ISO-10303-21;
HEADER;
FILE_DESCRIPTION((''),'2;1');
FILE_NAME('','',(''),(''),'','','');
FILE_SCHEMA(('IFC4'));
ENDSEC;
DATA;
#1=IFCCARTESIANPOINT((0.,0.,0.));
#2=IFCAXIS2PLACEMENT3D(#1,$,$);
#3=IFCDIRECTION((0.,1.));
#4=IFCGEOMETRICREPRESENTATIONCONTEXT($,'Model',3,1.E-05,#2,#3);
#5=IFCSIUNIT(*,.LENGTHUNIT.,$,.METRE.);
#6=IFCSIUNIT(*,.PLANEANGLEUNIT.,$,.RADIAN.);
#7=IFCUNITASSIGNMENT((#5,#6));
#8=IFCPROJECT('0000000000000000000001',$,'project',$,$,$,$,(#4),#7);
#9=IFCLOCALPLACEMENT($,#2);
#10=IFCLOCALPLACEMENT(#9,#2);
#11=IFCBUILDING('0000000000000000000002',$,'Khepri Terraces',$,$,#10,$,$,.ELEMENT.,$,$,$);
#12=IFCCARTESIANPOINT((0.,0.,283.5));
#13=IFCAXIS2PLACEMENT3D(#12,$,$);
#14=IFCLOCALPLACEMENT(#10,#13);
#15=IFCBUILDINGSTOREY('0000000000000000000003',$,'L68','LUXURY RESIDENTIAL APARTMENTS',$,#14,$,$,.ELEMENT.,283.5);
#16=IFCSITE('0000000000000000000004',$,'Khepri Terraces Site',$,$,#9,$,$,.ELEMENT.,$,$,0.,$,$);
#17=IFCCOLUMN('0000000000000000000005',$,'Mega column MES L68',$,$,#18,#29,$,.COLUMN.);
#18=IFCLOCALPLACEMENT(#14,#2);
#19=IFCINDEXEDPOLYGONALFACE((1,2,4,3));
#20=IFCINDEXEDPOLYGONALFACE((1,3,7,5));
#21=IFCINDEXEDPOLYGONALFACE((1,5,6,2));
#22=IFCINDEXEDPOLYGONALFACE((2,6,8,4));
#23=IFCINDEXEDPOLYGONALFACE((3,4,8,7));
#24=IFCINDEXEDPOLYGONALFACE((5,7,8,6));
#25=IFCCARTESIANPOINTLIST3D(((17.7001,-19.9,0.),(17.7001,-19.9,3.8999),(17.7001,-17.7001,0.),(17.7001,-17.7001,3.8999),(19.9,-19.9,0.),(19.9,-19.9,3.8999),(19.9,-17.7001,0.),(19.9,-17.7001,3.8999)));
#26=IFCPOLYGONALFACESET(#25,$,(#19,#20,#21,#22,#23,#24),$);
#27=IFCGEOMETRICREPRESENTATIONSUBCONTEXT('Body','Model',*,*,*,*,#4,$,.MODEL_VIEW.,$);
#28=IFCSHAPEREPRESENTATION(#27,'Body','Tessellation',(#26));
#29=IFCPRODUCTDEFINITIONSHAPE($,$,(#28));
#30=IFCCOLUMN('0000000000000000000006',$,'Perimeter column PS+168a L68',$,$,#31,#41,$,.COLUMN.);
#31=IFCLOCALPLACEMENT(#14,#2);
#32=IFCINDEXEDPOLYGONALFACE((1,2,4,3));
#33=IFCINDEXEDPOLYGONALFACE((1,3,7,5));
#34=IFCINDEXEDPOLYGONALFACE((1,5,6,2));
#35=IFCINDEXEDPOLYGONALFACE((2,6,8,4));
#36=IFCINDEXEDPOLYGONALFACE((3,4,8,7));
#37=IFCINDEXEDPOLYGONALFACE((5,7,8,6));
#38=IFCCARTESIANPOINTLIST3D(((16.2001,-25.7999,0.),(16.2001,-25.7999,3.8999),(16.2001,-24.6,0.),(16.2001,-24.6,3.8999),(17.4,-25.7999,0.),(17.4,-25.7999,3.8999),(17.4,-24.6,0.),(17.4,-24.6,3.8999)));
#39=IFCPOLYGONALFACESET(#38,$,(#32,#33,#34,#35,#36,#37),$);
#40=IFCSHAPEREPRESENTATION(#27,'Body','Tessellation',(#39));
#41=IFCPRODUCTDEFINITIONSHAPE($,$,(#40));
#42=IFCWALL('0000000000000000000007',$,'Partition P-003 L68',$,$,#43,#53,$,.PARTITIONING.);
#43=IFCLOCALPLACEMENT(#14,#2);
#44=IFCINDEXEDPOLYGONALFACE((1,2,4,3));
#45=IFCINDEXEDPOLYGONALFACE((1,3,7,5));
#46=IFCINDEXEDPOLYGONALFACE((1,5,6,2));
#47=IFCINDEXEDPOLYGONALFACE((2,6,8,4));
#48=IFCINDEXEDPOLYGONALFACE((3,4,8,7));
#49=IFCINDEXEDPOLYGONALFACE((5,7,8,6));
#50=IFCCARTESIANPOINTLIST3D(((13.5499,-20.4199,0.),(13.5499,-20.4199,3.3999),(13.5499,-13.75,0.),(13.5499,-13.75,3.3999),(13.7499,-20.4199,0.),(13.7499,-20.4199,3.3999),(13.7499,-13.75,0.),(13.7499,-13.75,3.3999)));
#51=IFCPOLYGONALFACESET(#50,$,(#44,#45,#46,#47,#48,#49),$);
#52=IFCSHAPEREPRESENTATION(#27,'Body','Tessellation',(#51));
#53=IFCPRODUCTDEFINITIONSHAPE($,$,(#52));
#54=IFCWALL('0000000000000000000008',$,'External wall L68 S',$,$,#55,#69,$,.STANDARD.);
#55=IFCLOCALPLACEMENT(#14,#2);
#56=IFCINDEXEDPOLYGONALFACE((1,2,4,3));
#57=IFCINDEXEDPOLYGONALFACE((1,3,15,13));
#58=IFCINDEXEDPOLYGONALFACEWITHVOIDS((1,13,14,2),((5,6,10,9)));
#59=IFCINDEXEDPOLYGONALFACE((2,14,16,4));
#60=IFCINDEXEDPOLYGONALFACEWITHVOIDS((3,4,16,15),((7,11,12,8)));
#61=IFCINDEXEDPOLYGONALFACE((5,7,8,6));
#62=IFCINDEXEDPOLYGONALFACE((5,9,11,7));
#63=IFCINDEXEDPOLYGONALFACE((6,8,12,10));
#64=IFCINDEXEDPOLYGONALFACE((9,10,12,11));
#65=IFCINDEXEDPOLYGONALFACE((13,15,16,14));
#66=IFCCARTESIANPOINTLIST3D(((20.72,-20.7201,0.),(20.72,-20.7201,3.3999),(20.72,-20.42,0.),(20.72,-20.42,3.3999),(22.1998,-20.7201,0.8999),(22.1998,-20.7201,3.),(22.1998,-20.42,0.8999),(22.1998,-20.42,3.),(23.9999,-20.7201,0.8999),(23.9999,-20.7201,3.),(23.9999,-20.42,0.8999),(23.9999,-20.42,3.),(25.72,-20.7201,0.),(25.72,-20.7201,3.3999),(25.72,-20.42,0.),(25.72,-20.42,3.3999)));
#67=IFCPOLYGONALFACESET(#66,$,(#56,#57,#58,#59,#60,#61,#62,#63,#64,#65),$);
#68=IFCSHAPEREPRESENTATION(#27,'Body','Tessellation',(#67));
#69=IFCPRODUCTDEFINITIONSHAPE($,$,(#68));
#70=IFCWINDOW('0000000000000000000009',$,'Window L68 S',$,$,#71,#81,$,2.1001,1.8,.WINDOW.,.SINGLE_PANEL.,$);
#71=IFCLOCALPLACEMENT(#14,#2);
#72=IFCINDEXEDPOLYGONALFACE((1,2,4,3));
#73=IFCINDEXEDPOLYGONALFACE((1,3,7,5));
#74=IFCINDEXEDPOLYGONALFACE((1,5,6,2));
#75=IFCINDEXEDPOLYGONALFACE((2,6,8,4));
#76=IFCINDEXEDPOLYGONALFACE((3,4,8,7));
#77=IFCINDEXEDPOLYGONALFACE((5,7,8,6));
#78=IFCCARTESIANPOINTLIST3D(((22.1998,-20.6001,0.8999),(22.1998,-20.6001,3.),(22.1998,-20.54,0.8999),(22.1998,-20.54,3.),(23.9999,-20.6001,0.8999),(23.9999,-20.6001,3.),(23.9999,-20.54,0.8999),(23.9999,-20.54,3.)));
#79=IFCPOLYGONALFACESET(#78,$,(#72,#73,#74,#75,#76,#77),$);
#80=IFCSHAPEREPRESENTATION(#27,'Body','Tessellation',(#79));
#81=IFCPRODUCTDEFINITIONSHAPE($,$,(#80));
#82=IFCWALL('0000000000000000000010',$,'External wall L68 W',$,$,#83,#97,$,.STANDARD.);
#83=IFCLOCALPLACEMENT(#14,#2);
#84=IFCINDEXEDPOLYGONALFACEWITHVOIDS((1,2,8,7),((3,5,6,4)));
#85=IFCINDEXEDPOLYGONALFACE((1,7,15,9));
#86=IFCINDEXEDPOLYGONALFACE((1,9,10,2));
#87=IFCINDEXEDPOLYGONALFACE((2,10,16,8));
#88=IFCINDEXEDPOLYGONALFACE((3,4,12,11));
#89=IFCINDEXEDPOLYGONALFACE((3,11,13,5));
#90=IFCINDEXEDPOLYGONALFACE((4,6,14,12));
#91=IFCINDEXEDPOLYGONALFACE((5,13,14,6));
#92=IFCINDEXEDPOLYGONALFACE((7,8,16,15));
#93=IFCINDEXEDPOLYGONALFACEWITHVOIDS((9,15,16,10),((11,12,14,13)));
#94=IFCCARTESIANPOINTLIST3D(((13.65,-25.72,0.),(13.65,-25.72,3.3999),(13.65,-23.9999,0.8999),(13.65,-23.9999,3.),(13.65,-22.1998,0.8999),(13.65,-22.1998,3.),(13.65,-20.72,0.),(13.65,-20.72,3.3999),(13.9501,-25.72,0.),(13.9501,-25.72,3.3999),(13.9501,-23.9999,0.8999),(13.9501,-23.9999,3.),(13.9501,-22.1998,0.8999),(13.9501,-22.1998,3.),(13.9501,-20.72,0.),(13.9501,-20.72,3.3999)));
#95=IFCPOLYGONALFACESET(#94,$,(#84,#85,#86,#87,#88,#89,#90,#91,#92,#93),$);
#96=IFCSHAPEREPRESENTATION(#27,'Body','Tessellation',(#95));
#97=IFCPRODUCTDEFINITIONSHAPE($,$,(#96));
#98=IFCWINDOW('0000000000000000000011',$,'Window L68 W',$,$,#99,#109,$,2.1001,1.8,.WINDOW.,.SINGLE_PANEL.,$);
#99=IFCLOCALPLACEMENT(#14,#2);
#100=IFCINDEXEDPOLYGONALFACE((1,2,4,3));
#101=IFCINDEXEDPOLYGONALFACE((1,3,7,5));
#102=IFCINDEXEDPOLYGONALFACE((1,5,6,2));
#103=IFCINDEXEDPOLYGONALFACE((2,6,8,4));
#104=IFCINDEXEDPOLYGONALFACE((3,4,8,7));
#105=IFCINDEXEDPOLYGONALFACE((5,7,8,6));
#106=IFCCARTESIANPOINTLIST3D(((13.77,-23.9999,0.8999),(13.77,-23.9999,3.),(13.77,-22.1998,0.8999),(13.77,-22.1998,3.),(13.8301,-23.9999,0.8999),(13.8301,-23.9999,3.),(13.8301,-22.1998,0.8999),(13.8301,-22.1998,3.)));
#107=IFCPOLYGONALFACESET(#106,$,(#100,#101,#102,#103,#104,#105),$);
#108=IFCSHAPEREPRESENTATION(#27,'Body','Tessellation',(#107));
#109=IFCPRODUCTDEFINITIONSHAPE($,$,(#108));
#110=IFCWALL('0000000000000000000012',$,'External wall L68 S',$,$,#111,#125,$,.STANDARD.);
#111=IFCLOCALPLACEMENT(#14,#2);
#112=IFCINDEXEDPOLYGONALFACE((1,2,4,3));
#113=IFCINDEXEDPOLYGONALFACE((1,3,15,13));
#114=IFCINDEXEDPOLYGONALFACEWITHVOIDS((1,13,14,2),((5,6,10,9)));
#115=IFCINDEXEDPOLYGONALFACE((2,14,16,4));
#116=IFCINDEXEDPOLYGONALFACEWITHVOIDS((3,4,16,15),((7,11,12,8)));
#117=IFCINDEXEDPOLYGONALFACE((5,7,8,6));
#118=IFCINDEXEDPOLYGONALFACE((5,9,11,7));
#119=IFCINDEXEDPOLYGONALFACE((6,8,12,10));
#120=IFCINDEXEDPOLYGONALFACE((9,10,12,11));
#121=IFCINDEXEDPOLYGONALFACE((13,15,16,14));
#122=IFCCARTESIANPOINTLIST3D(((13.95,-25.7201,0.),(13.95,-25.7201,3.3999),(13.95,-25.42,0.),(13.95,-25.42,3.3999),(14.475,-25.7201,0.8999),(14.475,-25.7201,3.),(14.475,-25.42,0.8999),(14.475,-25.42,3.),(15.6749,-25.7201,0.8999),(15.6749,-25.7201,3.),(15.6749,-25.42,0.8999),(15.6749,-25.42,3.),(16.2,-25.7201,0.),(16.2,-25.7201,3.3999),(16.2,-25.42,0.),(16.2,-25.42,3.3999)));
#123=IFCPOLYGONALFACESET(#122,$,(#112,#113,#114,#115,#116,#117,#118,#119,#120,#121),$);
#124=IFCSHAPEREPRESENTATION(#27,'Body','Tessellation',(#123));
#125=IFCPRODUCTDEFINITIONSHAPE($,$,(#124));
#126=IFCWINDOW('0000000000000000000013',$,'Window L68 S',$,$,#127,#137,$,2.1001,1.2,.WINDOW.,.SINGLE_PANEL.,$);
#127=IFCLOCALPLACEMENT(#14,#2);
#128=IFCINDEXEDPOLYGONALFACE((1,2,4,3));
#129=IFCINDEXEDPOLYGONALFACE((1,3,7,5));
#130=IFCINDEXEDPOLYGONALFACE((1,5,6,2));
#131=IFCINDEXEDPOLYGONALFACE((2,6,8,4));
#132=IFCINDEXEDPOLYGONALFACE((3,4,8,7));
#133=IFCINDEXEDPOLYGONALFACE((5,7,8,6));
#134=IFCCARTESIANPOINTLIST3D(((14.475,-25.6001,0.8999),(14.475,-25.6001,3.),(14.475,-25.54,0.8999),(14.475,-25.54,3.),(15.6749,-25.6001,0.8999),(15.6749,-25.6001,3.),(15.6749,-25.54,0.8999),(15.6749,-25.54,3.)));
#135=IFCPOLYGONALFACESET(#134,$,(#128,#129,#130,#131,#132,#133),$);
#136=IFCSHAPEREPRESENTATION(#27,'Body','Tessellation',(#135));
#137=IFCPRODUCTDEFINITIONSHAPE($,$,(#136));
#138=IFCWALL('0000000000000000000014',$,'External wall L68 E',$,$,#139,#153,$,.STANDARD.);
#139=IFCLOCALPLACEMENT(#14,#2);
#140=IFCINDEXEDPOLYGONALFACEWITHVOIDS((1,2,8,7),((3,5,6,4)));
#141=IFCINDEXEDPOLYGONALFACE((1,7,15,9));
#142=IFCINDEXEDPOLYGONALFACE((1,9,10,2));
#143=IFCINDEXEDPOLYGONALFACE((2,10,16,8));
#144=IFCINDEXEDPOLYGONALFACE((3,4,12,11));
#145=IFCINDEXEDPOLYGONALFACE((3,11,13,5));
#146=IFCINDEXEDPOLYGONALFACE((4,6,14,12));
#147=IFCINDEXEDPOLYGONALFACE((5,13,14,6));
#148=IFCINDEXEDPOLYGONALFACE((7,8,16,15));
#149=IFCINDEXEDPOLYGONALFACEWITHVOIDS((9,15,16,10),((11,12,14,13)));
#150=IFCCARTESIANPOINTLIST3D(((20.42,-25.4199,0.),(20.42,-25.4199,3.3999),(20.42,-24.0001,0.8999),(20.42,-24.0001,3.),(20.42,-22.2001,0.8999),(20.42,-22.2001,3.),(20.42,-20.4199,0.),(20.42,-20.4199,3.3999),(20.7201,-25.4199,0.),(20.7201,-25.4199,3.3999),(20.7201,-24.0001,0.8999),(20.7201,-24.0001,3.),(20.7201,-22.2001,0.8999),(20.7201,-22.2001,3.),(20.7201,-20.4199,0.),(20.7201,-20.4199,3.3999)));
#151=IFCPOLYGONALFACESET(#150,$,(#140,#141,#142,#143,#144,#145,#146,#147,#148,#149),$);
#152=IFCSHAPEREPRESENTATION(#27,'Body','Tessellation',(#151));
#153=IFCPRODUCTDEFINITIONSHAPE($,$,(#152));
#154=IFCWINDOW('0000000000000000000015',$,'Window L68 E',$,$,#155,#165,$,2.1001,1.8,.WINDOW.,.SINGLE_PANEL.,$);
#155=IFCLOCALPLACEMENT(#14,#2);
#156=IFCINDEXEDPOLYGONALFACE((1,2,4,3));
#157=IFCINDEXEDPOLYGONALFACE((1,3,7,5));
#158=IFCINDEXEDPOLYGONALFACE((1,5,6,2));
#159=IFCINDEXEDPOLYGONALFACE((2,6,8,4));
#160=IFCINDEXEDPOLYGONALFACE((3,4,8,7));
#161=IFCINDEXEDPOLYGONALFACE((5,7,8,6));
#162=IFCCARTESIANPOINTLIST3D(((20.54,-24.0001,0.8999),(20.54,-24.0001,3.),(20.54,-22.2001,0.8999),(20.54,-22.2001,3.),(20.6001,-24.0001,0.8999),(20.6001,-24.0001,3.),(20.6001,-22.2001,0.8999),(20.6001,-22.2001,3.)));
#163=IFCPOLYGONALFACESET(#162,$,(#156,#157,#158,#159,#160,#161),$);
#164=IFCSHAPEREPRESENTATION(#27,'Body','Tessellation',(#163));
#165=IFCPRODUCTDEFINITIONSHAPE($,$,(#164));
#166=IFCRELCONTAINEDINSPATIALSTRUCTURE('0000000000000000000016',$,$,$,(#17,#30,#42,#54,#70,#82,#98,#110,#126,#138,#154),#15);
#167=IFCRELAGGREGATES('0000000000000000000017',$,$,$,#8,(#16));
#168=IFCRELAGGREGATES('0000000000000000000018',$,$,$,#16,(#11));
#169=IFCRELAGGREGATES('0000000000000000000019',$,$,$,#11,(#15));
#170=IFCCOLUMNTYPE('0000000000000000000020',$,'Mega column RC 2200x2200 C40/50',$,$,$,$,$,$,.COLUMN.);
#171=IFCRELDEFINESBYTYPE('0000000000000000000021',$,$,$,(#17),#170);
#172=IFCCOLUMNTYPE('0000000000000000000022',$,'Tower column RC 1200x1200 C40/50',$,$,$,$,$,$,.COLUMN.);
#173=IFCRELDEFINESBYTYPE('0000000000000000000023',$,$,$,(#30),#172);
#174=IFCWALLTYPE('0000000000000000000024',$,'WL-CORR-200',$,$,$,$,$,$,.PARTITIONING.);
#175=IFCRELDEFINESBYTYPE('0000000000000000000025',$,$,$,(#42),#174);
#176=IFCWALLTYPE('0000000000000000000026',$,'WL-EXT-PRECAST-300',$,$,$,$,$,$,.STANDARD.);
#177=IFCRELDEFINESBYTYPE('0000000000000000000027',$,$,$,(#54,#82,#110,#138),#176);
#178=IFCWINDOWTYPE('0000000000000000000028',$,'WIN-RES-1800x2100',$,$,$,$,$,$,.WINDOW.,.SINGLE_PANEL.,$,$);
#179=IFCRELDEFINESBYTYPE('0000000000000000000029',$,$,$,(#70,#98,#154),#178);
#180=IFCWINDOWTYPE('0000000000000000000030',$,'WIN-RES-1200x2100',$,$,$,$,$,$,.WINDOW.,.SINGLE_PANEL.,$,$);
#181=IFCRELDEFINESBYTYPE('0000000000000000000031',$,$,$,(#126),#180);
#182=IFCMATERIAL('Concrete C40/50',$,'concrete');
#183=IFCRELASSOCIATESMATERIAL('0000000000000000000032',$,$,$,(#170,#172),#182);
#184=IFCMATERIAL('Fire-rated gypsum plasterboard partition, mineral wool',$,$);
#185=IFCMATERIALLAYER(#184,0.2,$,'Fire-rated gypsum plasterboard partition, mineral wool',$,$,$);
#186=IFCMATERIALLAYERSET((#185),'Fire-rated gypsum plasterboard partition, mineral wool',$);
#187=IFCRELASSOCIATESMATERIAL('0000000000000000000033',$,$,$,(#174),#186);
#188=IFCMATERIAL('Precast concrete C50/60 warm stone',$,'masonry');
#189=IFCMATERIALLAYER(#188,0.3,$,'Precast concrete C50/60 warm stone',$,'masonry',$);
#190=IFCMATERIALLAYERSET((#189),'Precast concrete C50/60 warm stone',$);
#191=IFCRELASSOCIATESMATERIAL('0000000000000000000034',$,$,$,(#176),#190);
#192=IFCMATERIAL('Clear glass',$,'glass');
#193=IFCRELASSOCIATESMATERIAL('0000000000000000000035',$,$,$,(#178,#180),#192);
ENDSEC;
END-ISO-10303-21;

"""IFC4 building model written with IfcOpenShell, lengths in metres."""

from ifc_helpers import new_model, si_unit, direction, frame, frame_2d, origin, origin_2d, place, context, subcontext, project, spatial, rectangle, extrude, material, layer, layer_set, material_profile, profile_set, type_object, element, fill, save


model = new_model("IFC4")

# Units and contexts
model_context = context("Model", 3, precision=1e-05, world=origin(), true_north=direction((0.0, 1.0)))
body_context = subcontext(model_context, "Body", "Model", "MODEL_VIEW")
ifc_project = project(units=[si_unit("LENGTHUNIT", "METRE"), si_unit("PLANEANGLEUNIT", "RADIAN")], contexts=[model_context])

# Site, building, storey
site_placement = place(None, origin())
site = spatial("IfcSite", under=ifc_project, at=site_placement, Name="Khepri Terraces Site", CompositionType="ELEMENT", RefElevation=0.0)
building_placement = place(site_placement, origin())
building = spatial("IfcBuilding", under=site, at=building_placement, Name="Khepri Terraces", CompositionType="ELEMENT")
storey_placement = place(building_placement, frame((0.0, 0.0, 283.5)))
storey = spatial("IfcBuildingStorey", under=building, at=storey_placement, Name="L68", Description="LUXURY RESIDENTIAL APARTMENTS", CompositionType="ELEMENT", Elevation=283.5)

# Columns
ifc_material_1 = material(Name="Concrete C40/50", Category="concrete")
ifc_material_profile_1 = material_profile(ifc_material_1, rectangle(XDim=2.2, YDim=2.2, at=origin_2d()), Name="Concrete C40/50", Category="concrete")
ifc_profile_set_1 = profile_set([ifc_material_profile_1], Name="Concrete C40/50")
column_type_1 = type_object("IfcColumnType", Name="Mega column RC 2200x2200 C40/50", PredefinedType="COLUMN", material=ifc_profile_set_1)
column_1_placement = place(storey_placement, frame((18.8, -18.8, 0.0), z_axis=(0.0, 0.0, 1.0), x_axis=(1.0, 0.0, 0.0)))
element("IfcColumn", 1, at=column_1_placement, inside=storey, type_object=column_type_1, Name="Mega column MES L68", PredefinedType="COLUMN", context=body_context, shape_type="SweptSolid", body=[
    extrude(rectangle(XDim=2.2, YDim=2.2, at=origin_2d()), origin(), (0.0, 0.0, 1.0), 3.8999),
])
ifc_material_profile_2 = material_profile(ifc_material_1, rectangle(XDim=1.2, YDim=1.2, at=origin_2d()), Name="Concrete C40/50", Category="concrete")
ifc_profile_set_2 = profile_set([ifc_material_profile_2], Name="Concrete C40/50")
column_type_2 = type_object("IfcColumnType", Name="Tower column RC 1200x1200 C40/50", PredefinedType="COLUMN", material=ifc_profile_set_2)
column_2_placement = place(storey_placement, frame((16.8, -25.2, 0.0), z_axis=(0.0, 0.0, 1.0), x_axis=(1.0, 0.0, 0.0)))
element("IfcColumn", 2, at=column_2_placement, inside=storey, type_object=column_type_2, Name="Perimeter column PS+168a L68", PredefinedType="COLUMN", context=body_context, shape_type="SweptSolid", body=[
    extrude(rectangle(XDim=1.2, YDim=1.2, at=origin_2d()), origin(), (0.0, 0.0, 1.0), 3.8999),
])

# Wall
ifc_material_2 = material(Name="Fire-rated gypsum plasterboard partition, mineral wool")
ifc_layer_1 = layer(ifc_material_2, 0.2, Name="Fire-rated gypsum plasterboard partition, mineral wool")
ifc_layer_set_1 = layer_set([ifc_layer_1], Name="Fire-rated gypsum plasterboard partition, mineral wool")
wall_type_1 = type_object("IfcWallType", Name="WL-CORR-200", PredefinedType="PARTITIONING", material=ifc_layer_set_1)
wall_1_placement = place(storey_placement, frame((13.6499, -20.4199, 0.0), z_axis=(0.0, 0.0, 1.0), x_axis=(0.0, 1.0, 0.0)))
element("IfcWall", 3, at=wall_1_placement, inside=storey, type_object=wall_type_1, Name="Partition P-003 L68", PredefinedType="PARTITIONING", context=body_context, shape_type="SweptSolid", body=[
    extrude(rectangle(XDim=6.6699, YDim=0.2, at=frame_2d((3.335, 0.0))), origin(), (0.0, 0.0, 1.0), 3.3999),
])

# Wall, opening, window
ifc_material_3 = material(Name="Precast concrete C50/60 warm stone", Category="masonry")
ifc_layer_2 = layer(ifc_material_3, 0.3, Name="Precast concrete C50/60 warm stone", Category="masonry")
ifc_layer_set_2 = layer_set([ifc_layer_2], Name="Precast concrete C50/60 warm stone")
wall_type_2 = type_object("IfcWallType", Name="WL-EXT-PRECAST-300", PredefinedType="STANDARD", material=ifc_layer_set_2)
wall_2_placement = place(storey_placement, frame((20.72, -20.5701, 0.0), z_axis=(0.0, 0.0, 1.0), x_axis=(1.0, 0.0, 0.0)))
wall_2 = element("IfcWall", 4, at=wall_2_placement, inside=storey, type_object=wall_type_2, Name="External wall L68 S", PredefinedType="STANDARD", context=body_context, shape_type="SweptSolid", body=[
    extrude(rectangle(XDim=5.0, YDim=0.3, at=frame_2d((2.5, 0.0))), origin(), (0.0, 0.0, 1.0), 3.3999),
])
opening_1_placement = place(wall_2_placement, frame((1.48, 0.0, 0.8999)))
opening_1 = element("IfcOpeningElement", 5, at=opening_1_placement, cuts=wall_2, PredefinedType="OPENING", context=body_context, shape_type="SweptSolid", body=[
    extrude(rectangle(XDim=1.8, YDim=2.1001, at=frame_2d((0.8999, 1.05))), frame((0.0, 0.1602, 0.0), z_axis=(0.0, -1.0, 0.0), x_axis=(1.0, 0.0, 0.0)), (0.0, 0.0, 1.0), 0.3201),
])
ifc_material_4 = material(Name="Clear glass", Category="glass")
window_type_1 = type_object("IfcWindowType", Name="WIN-RES-1800x2100", PartitioningType="SINGLE_PANEL", PredefinedType="WINDOW", material=ifc_material_4)
window_1_placement = place(opening_1_placement, origin())
window_1 = element("IfcWindow", 6, at=window_1_placement, inside=storey, type_object=window_type_1, Name="Window L68 S", OverallHeight=2.1001, OverallWidth=1.8, PartitioningType="SINGLE_PANEL", PredefinedType="WINDOW", context=body_context, shape_type="SweptSolid", body=[
    extrude(rectangle(XDim=1.8, YDim=2.1001, at=frame_2d((0.8999, 1.05))), frame((0.0, 0.03, 0.0), z_axis=(0.0, -1.0, 0.0), x_axis=(1.0, 0.0, 0.0)), (0.0, 0.0, 1.0), 0.0601),
])
fill(opening_1, window_1)

# Walls, openings, windows
wall_3_placement = place(storey_placement, frame((13.8, -20.72, 0.0), z_axis=(0.0, 0.0, 1.0), x_axis=(0.0, -1.0, 0.0)))
wall_3 = element("IfcWall", 7, at=wall_3_placement, inside=storey, type_object=wall_type_2, Name="External wall L68 W", PredefinedType="STANDARD", context=body_context, shape_type="SweptSolid", body=[
    extrude(rectangle(XDim=5.0, YDim=0.3, at=frame_2d((2.5, 0.0))), origin(), (0.0, 0.0, 1.0), 3.3999),
])
opening_2_placement = place(wall_3_placement, frame((1.48, 0.0, 0.8999)))
opening_2 = element("IfcOpeningElement", 8, at=opening_2_placement, cuts=wall_3, PredefinedType="OPENING", context=body_context, shape_type="SweptSolid", body=[
    extrude(rectangle(XDim=1.8, YDim=2.1001, at=frame_2d((0.8999, 1.05))), frame((0.0, 0.1602, 0.0), z_axis=(0.0, -1.0, 0.0), x_axis=(1.0, 0.0, 0.0)), (0.0, 0.0, 1.0), 0.3201),
])
window_2_placement = place(opening_2_placement, origin())
window_2 = element("IfcWindow", 9, at=window_2_placement, inside=storey, type_object=window_type_1, Name="Window L68 W", OverallHeight=2.1001, OverallWidth=1.8, PartitioningType="SINGLE_PANEL", PredefinedType="WINDOW", context=body_context, shape_type="SweptSolid", body=[
    extrude(rectangle(XDim=1.8, YDim=2.1001, at=frame_2d((0.8999, 1.05))), frame((0.0, 0.03, 0.0), z_axis=(0.0, -1.0, 0.0), x_axis=(1.0, 0.0, 0.0)), (0.0, 0.0, 1.0), 0.0601),
])
fill(opening_2, window_2)
wall_4_placement = place(storey_placement, frame((13.95, -25.5701, 0.0), z_axis=(0.0, 0.0, 1.0), x_axis=(1.0, 0.0, 0.0)))
wall_4 = element("IfcWall", 10, at=wall_4_placement, inside=storey, type_object=wall_type_2, Name="External wall L68 S", PredefinedType="STANDARD", context=body_context, shape_type="SweptSolid", body=[
    extrude(rectangle(XDim=2.25, YDim=0.3, at=frame_2d((1.125, 0.0))), origin(), (0.0, 0.0, 1.0), 3.3999),
])
opening_3_placement = place(wall_4_placement, frame((0.5249, 0.0, 0.8999)))
opening_3 = element("IfcOpeningElement", 11, at=opening_3_placement, cuts=wall_4, PredefinedType="OPENING", context=body_context, shape_type="SweptSolid", body=[
    extrude(rectangle(XDim=1.2, YDim=2.1001, at=frame_2d((0.6001, 1.05))), frame((0.0, 0.1602, 0.0), z_axis=(0.0, -1.0, 0.0), x_axis=(1.0, 0.0, 0.0)), (0.0, 0.0, 1.0), 0.3201),
])
window_type_2 = type_object("IfcWindowType", Name="WIN-RES-1200x2100", PartitioningType="SINGLE_PANEL", PredefinedType="WINDOW", material=ifc_material_4)
window_3_placement = place(opening_3_placement, origin())
window_3 = element("IfcWindow", 12, at=window_3_placement, inside=storey, type_object=window_type_2, Name="Window L68 S", OverallHeight=2.1001, OverallWidth=1.2, PartitioningType="SINGLE_PANEL", PredefinedType="WINDOW", context=body_context, shape_type="SweptSolid", body=[
    extrude(rectangle(XDim=1.2, YDim=2.1001, at=frame_2d((0.6001, 1.05))), frame((0.0, 0.03, 0.0), z_axis=(0.0, -1.0, 0.0), x_axis=(1.0, 0.0, 0.0)), (0.0, 0.0, 1.0), 0.0601),
])
fill(opening_3, window_3)

# Wall, opening, window
wall_5_placement = place(storey_placement, frame((20.5701, -25.4199, 0.0), z_axis=(0.0, 0.0, 1.0), x_axis=(0.0, 1.0, 0.0)))
wall_5 = element("IfcWall", 13, at=wall_5_placement, inside=storey, type_object=wall_type_2, Name="External wall L68 E", PredefinedType="STANDARD", context=body_context, shape_type="SweptSolid", body=[
    extrude(rectangle(XDim=5.0, YDim=0.3, at=frame_2d((2.5, 0.0))), origin(), (0.0, 0.0, 1.0), 3.3999),
])
opening_4_placement = place(wall_5_placement, frame((1.4199, 0.0, 0.8999)))
opening_4 = element("IfcOpeningElement", 14, at=opening_4_placement, cuts=wall_5, PredefinedType="OPENING", context=body_context, shape_type="SweptSolid", body=[
    extrude(rectangle(XDim=1.8, YDim=2.1001, at=frame_2d((0.8999, 1.05))), frame((0.0, 0.1602, 0.0), z_axis=(0.0, -1.0, 0.0), x_axis=(1.0, 0.0, 0.0)), (0.0, 0.0, 1.0), 0.3201),
])
window_4_placement = place(opening_4_placement, origin())
window_4 = element("IfcWindow", 15, at=window_4_placement, inside=storey, type_object=window_type_1, Name="Window L68 E", OverallHeight=2.1001, OverallWidth=1.8, PartitioningType="SINGLE_PANEL", PredefinedType="WINDOW", context=body_context, shape_type="SweptSolid", body=[
    extrude(rectangle(XDim=1.8, YDim=2.1001, at=frame_2d((0.8999, 1.05))), frame((0.0, 0.03, 0.0), z_axis=(0.0, -1.0, 0.0), x_axis=(1.0, 0.0, 0.0)), (0.0, 0.0, 1.0), 0.0601),
])
fill(opening_4, window_4)

save(model, "model.ifc")
